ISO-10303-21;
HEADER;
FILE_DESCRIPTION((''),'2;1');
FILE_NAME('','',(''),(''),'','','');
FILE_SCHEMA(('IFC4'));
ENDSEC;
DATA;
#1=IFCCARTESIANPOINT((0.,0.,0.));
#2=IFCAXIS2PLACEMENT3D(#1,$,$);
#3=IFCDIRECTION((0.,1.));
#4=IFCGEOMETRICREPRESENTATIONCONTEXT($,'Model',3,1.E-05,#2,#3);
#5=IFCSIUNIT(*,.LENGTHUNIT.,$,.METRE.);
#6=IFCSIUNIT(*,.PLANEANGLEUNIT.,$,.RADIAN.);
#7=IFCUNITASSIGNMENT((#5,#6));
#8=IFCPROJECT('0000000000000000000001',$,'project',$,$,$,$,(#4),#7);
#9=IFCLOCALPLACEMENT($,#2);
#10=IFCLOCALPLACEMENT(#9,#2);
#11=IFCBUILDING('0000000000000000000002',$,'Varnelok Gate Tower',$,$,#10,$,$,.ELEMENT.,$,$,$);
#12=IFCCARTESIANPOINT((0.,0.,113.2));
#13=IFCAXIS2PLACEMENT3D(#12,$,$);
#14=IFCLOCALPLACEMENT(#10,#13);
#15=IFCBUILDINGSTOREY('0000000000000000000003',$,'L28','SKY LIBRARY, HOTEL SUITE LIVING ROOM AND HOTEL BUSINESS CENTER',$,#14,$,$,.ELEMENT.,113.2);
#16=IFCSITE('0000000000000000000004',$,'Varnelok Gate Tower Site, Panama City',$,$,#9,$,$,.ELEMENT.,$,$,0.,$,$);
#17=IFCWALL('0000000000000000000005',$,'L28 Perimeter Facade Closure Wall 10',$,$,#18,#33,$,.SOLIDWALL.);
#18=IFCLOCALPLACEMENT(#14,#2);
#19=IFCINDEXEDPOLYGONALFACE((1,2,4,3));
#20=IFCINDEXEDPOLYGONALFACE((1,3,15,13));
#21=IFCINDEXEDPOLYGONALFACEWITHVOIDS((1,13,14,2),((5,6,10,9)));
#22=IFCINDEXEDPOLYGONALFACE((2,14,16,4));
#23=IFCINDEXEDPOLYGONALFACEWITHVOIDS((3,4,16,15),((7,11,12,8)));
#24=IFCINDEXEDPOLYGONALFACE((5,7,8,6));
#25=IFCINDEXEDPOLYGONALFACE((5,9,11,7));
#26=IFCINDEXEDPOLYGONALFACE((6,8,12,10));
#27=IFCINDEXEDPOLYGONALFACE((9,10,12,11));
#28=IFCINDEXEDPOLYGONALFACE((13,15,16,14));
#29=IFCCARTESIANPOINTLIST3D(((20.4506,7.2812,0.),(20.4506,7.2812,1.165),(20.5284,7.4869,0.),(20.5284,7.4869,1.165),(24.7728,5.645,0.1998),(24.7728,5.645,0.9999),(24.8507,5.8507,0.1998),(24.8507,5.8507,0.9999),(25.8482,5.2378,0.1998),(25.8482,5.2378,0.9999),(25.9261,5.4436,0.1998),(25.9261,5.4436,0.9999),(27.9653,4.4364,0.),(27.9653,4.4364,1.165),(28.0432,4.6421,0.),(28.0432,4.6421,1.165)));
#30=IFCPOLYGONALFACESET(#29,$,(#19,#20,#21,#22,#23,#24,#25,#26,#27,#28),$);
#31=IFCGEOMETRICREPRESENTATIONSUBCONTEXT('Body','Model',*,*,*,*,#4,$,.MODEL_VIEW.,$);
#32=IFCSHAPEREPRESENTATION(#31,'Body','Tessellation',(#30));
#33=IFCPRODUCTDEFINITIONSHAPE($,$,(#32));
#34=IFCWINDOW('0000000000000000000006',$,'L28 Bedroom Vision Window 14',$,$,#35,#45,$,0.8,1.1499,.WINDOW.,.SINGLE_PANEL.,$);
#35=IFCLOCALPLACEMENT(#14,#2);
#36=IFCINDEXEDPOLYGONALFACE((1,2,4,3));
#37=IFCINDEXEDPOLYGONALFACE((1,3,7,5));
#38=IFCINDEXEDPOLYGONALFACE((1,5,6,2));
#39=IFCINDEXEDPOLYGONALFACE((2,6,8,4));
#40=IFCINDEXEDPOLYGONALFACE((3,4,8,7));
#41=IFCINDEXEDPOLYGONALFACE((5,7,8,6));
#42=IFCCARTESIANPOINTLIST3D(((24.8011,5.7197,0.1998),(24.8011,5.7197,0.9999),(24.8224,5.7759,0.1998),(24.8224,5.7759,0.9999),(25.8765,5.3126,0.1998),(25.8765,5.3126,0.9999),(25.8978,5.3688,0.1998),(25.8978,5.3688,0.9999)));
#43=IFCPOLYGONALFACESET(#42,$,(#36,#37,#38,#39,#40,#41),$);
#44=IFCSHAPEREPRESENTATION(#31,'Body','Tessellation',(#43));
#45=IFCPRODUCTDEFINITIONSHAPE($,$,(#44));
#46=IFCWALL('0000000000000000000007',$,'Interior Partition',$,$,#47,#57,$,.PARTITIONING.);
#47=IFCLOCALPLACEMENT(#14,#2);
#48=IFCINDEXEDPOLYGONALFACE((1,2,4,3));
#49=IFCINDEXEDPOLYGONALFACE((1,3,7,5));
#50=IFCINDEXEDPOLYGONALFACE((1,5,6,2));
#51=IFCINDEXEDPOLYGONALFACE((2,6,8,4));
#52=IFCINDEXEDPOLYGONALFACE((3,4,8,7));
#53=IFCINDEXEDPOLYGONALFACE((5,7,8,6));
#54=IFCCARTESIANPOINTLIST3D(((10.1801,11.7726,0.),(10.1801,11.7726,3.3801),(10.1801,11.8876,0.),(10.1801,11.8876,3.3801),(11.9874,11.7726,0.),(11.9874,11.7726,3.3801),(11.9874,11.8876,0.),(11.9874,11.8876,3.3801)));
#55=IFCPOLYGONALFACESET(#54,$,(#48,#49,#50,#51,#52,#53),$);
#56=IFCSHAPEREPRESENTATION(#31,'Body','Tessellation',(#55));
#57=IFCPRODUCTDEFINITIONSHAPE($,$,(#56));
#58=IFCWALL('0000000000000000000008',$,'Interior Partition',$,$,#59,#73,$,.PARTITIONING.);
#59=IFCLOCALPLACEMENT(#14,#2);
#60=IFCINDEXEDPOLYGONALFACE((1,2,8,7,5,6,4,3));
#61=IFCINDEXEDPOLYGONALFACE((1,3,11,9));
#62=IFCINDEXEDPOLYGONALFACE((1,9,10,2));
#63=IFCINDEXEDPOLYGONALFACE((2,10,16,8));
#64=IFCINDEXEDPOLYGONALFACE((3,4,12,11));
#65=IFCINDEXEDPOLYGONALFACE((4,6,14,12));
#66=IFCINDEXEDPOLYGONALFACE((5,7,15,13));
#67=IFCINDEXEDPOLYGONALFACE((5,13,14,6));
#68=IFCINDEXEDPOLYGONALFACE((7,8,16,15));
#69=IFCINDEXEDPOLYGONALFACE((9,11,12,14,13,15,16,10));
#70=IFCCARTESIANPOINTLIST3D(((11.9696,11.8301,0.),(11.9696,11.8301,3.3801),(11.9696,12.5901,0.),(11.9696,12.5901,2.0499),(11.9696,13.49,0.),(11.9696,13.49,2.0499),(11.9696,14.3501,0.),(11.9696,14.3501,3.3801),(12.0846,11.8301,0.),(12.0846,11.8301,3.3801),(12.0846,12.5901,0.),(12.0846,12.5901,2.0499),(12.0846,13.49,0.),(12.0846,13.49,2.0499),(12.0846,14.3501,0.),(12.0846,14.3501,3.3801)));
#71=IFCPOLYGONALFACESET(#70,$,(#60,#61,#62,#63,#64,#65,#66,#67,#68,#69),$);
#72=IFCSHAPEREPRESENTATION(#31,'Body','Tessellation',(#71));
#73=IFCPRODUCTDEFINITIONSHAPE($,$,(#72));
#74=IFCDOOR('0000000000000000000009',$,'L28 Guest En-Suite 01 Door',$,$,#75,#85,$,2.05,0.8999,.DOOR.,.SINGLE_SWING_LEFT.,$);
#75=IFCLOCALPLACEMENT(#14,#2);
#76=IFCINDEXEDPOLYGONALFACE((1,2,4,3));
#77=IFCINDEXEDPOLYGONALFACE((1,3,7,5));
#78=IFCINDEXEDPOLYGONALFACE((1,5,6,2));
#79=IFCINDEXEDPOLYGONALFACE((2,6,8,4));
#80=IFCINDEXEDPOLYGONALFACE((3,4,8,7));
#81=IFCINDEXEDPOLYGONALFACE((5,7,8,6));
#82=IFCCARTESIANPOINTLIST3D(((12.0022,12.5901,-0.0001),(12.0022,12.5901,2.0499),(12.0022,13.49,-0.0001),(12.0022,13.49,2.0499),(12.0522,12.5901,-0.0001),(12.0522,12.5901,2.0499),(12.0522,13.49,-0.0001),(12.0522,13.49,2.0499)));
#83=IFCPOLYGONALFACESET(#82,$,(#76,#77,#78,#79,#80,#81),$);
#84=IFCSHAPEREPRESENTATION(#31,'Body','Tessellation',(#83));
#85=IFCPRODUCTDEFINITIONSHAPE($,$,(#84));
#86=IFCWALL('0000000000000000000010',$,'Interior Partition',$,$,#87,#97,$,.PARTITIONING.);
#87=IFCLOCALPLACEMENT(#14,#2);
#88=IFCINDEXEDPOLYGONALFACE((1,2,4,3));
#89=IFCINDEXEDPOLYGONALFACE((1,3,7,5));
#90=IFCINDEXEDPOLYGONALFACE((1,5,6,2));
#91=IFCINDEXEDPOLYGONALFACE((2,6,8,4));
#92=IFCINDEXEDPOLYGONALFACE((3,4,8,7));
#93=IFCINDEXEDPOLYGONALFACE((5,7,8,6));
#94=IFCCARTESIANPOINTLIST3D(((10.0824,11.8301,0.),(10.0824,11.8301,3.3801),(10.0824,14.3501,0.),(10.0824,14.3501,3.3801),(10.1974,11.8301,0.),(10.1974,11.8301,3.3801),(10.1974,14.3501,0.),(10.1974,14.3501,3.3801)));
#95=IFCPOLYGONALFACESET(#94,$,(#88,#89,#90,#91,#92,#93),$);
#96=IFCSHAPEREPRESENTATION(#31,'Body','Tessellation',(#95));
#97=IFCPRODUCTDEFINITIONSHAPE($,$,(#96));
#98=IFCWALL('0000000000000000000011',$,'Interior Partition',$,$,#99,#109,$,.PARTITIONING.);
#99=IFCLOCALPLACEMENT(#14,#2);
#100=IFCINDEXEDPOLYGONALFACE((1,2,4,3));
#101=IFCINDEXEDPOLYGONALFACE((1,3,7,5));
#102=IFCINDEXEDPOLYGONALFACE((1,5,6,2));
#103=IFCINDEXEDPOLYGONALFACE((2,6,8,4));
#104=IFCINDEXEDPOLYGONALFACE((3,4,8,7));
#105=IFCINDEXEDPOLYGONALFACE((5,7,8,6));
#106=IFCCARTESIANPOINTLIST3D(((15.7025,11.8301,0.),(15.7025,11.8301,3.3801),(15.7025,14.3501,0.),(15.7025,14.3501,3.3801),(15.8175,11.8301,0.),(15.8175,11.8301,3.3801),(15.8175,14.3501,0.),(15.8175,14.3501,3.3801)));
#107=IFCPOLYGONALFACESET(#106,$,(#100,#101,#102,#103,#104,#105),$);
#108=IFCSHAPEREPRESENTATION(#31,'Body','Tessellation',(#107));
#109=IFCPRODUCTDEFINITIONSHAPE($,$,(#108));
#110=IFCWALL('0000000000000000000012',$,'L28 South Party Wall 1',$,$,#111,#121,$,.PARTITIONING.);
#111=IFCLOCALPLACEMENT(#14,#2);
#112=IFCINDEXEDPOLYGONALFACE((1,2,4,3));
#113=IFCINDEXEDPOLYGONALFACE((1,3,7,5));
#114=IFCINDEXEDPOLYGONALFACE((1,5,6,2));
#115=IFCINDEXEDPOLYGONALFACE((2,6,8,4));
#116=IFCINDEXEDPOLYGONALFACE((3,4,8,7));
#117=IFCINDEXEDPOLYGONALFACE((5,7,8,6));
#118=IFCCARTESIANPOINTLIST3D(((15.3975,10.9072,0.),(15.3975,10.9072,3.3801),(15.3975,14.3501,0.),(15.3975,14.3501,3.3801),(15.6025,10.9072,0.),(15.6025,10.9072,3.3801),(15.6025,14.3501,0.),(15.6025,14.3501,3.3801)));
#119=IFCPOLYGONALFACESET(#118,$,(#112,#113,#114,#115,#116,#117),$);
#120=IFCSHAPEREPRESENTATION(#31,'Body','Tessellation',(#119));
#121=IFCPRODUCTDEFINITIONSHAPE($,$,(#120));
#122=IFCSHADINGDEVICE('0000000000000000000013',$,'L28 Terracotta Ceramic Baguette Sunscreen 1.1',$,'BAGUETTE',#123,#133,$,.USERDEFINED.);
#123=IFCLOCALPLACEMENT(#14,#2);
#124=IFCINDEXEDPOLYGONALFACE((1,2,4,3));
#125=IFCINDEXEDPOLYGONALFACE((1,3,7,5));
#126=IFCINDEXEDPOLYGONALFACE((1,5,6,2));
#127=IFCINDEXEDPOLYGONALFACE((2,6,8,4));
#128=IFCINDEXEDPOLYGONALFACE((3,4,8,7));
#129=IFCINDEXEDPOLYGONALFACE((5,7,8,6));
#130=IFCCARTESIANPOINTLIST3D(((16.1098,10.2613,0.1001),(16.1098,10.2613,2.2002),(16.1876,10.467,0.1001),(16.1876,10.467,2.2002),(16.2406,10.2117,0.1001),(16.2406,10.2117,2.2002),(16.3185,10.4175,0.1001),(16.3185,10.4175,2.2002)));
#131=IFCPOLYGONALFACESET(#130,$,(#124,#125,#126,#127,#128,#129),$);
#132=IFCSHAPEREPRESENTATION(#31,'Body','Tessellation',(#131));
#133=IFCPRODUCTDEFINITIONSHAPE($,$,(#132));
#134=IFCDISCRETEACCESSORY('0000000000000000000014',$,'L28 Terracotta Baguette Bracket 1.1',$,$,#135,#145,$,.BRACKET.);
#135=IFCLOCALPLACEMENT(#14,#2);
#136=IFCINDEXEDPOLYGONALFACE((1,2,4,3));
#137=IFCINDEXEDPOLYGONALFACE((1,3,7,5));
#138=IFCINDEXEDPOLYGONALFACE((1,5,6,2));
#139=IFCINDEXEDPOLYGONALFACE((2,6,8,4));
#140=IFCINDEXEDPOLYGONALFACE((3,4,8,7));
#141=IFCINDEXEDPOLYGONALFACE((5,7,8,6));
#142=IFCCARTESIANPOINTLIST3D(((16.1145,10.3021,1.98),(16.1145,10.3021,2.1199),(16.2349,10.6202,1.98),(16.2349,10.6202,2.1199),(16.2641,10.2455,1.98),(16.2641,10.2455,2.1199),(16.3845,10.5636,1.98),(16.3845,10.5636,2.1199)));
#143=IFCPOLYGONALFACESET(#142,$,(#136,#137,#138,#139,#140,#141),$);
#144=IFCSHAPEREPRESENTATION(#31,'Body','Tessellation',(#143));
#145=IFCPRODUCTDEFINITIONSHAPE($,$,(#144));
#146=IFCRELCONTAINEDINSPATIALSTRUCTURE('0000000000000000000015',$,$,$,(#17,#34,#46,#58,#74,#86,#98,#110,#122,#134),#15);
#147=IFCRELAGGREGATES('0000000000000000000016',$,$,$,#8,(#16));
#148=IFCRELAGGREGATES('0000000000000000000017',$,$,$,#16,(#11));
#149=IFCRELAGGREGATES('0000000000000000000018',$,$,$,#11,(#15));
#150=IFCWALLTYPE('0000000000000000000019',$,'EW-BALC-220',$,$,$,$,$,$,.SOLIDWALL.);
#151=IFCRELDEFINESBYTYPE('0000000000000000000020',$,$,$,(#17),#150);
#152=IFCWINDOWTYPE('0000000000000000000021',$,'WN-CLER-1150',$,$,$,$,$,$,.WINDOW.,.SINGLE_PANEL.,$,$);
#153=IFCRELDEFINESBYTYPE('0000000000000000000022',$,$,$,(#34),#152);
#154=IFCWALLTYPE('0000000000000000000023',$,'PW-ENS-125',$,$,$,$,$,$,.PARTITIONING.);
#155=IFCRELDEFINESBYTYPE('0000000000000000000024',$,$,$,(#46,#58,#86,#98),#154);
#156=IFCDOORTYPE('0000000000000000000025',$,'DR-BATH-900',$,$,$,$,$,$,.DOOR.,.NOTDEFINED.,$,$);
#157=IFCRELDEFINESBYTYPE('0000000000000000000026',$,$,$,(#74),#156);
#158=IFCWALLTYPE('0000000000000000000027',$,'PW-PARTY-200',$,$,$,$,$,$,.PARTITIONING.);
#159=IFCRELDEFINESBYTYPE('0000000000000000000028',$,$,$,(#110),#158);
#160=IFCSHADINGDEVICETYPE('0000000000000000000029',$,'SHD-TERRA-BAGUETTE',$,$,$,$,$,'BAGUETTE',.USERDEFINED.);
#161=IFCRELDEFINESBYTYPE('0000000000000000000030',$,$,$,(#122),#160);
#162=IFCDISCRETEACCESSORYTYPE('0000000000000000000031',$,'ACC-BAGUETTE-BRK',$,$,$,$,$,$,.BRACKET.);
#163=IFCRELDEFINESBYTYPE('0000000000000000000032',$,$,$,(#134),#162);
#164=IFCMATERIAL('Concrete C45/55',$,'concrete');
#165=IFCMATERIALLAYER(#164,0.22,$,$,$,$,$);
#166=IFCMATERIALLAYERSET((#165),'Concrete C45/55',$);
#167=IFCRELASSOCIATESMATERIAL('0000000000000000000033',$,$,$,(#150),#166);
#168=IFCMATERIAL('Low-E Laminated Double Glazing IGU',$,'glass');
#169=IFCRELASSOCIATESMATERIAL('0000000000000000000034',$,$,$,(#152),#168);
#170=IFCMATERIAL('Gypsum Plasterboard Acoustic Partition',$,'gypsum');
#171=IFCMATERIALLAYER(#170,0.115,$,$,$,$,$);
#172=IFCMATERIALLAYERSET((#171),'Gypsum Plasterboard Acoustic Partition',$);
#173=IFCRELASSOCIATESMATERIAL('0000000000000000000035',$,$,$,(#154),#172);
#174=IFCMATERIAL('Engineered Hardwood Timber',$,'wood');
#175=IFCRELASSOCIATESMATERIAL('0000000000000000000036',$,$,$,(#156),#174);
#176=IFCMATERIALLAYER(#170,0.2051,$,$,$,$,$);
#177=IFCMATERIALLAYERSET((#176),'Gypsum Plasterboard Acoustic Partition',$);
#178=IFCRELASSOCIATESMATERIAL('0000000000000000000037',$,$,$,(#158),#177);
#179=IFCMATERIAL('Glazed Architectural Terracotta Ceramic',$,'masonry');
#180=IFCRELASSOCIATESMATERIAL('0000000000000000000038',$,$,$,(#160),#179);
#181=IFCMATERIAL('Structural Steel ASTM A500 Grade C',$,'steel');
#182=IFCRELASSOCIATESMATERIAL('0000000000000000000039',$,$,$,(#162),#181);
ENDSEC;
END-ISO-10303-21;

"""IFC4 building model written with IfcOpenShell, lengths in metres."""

from ifc_helpers import new_model, si_unit, direction, frame, frame_2d, origin, origin_2d, place, context, subcontext, project, spatial, rectangle, extrude, source, transform, mapped, material, layer, layer_set, type_object, element, fill, save


model = new_model("IFC4")

# Units and contexts
model_context = context("Model", 3, precision=1e-05, world=origin(), true_north=direction((0.0, 1.0)))
body_context = subcontext(model_context, "Body", "Model", "MODEL_VIEW")
ifc_project = project(units=[si_unit("LENGTHUNIT", "METRE"), si_unit("PLANEANGLEUNIT", "RADIAN")], contexts=[model_context])

# Site, building, storey
site_placement = place(None, origin())
site = spatial("IfcSite", under=ifc_project, at=site_placement, Name="Varnelok Gate Tower Site, Panama City", CompositionType="ELEMENT", RefElevation=0.0)
building_placement = place(site_placement, origin())
building = spatial("IfcBuilding", under=site, at=building_placement, Name="Varnelok Gate Tower", CompositionType="ELEMENT")
storey_placement = place(building_placement, frame((0.0, 0.0, 113.2)))
storey = spatial("IfcBuildingStorey", under=building, at=storey_placement, Name="L28", Description="SKY LIBRARY, HOTEL SUITE LIVING ROOM AND HOTEL BUSINESS CENTER", CompositionType="ELEMENT", Elevation=113.2)

# Shared definitions
ifc_material_1 = material(Name="Concrete C45/55", Category="concrete")

# Shared definitions
ifc_layer_1 = layer(ifc_material_1, 0.22)
ifc_layer_set_1 = layer_set([ifc_layer_1], Name="Concrete C45/55")
wall_type_1 = type_object("IfcWallType", Name="EW-BALC-220", PredefinedType="SOLIDWALL", material=ifc_layer_set_1)

# Wall, opening, window
wall_1_placement = place(storey_placement, frame((20.4895, 7.384, 0.0), z_axis=(0.0, 0.0, 1.0), x_axis=(0.935231, -0.354039, 0.0)))
wall_1 = element("IfcWall", 1, at=wall_1_placement, inside=storey, type_object=wall_type_1, Name="L28 Perimeter Facade Closure Wall 10", PredefinedType="SOLIDWALL", context=body_context, shape_type="SweptSolid", body=[
    extrude(rectangle(XDim=8.0352, YDim=0.22, at=frame_2d((4.0176, 0.0))), origin(), (0.0, 0.0, 1.0), 1.165),
])
opening_1_placement = place(wall_1_placement, frame((4.6216, 0.0, 0.2)))
opening_1 = element("IfcOpeningElement", 2, at=opening_1_placement, cuts=wall_1, PredefinedType="OPENING", context=body_context, shape_type="SweptSolid", body=[
    extrude(rectangle(XDim=1.1499, YDim=0.8, at=frame_2d((0.575, 0.3999))), frame((0.0, 0.1199, 0.0), z_axis=(0.0, -1.0, 0.0), x_axis=(1.0, 0.0, 0.0)), (0.0, 0.0, 1.0), 0.24),
])
ifc_material_2 = material(Name="Low-E Laminated Double Glazing IGU", Category="glass")
window_type = type_object("IfcWindowType", Name="WN-CLER-1150", PartitioningType="SINGLE_PANEL", PredefinedType="WINDOW", material=ifc_material_2)
window_placement = place(opening_1_placement, origin())
window = element("IfcWindow", 3, at=window_placement, inside=storey, type_object=window_type, Name="L28 Bedroom Vision Window 14", OverallHeight=0.8, OverallWidth=1.1499, PartitioningType="SINGLE_PANEL", PredefinedType="WINDOW", context=body_context, shape_type="SweptSolid", body=[
    extrude(rectangle(XDim=1.1499, YDim=0.8, at=frame_2d((0.575, 0.3999))), frame((0.0, 0.03, 0.0), z_axis=(0.0, -1.0, 0.0), x_axis=(1.0, 0.0, 0.0)), (0.0, 0.0, 1.0), 0.0601),
])
fill(opening_1, window)

# Wall
ifc_material_3 = material(Name="Gypsum Plasterboard Acoustic Partition", Category="gypsum")
ifc_layer_2 = layer(ifc_material_3, 0.115)
ifc_layer_set_2 = layer_set([ifc_layer_2], Name="Gypsum Plasterboard Acoustic Partition")
wall_type_2 = type_object("IfcWallType", Name="PW-ENS-125", PredefinedType="PARTITIONING", material=ifc_layer_set_2)
wall_2_placement = place(storey_placement, frame((10.1799, 11.8301, 0.0), z_axis=(0.0, 0.0, 1.0), x_axis=(1.0, 0.0, 0.0)))
element("IfcWall", 4, at=wall_2_placement, inside=storey, type_object=wall_type_2, Name="Interior Partition", PredefinedType="PARTITIONING", context=body_context, shape_type="SweptSolid", body=[
    extrude(rectangle(XDim=1.8074, YDim=0.115, at=frame_2d((0.9038, 0.0))), origin(), (0.0, 0.0, 1.0), 3.3801),
])

# Wall, opening, door
wall_3_placement = place(storey_placement, frame((12.0271, 11.8301, 0.0), z_axis=(0.0, 0.0, 1.0), x_axis=(0.0, 1.0, 0.0)))
wall_3 = element("IfcWall", 5, at=wall_3_placement, inside=storey, type_object=wall_type_2, Name="Interior Partition", PredefinedType="PARTITIONING", context=body_context, shape_type="SweptSolid", body=[
    extrude(rectangle(XDim=2.52, YDim=0.115, at=frame_2d((1.26, 0.0))), origin(), (0.0, 0.0, 1.0), 3.3801),
])
opening_2_placement = place(wall_3_placement, frame((0.76, 0.0, 0.0)))
opening_2 = element("IfcOpeningElement", 6, at=opening_2_placement, cuts=wall_3, PredefinedType="OPENING", context=body_context, shape_type="SweptSolid", body=[
    extrude(rectangle(XDim=0.8999, YDim=2.05, at=frame_2d((0.45, 1.0249))), frame((0.0, 0.0674, 0.0), z_axis=(0.0, -1.0, 0.0), x_axis=(1.0, 0.0, 0.0)), (0.0, 0.0, 1.0), 0.135),
])
ifc_material_4 = material(Name="Engineered Hardwood Timber", Category="wood")
door_type_1 = type_object("IfcDoorType", Name="DR-BATH-900", OperationType="NOTDEFINED", PredefinedType="DOOR", material=ifc_material_4)
door_1_placement = place(opening_2_placement, origin())
door_1 = element("IfcDoor", 7, at=door_1_placement, inside=storey, type_object=door_type_1, Name="L28 Guest En-Suite 01 Door", OperationType="SINGLE_SWING_LEFT", OverallHeight=2.05, OverallWidth=0.8999, PredefinedType="DOOR", context=body_context, shape_type="SweptSolid", body=[
    extrude(rectangle(XDim=0.8999, YDim=2.05, at=frame_2d((0.45, 1.0249))), frame((0.0, 0.0249, 0.0), z_axis=(0.0, -1.0, 0.0), x_axis=(1.0, 0.0, 0.0)), (0.0, 0.0, 1.0), 0.05),
])
fill(opening_2, door_1)

# Walls
for number, where, z_axis, x_axis, name in (
    (8, (10.1399, 11.8301, 0.0), (0.0, 0.0, 1.0), (0.0, 1.0, 0.0), "Interior Partition"),
    (9, (15.76, 11.8301, 0.0), (0.0, 0.0, 1.0), (0.0, 1.0, 0.0), "Interior Partition"),
):
    element("IfcWall", number, at=place(storey_placement, frame(where, z_axis=z_axis, x_axis=x_axis)), inside=storey, type_object=wall_type_2, Name=name, PredefinedType="PARTITIONING", context=body_context, shape_type="SweptSolid", body=[
        extrude(rectangle(XDim=2.52, YDim=0.115, at=frame_2d((1.26, 0.0))), origin(), (0.0, 0.0, 1.0), 3.3801),
    ])
ifc_layer_3 = layer(ifc_material_3, 0.2051)
ifc_layer_set_3 = layer_set([ifc_layer_3], Name="Gypsum Plasterboard Acoustic Partition")
wall_type_3 = type_object("IfcWallType", Name="PW-PARTY-200", PredefinedType="PARTITIONING", material=ifc_layer_set_3)
wall_4_placement = place(storey_placement, frame((15.5, 10.9072, 0.0), z_axis=(0.0, 0.0, 1.0), x_axis=(0.0, 1.0, 0.0)))
element("IfcWall", 10, at=wall_4_placement, inside=storey, type_object=wall_type_3, Name="L28 South Party Wall 1", PredefinedType="PARTITIONING", context=body_context, shape_type="SweptSolid", body=[
    extrude(rectangle(XDim=3.4429, YDim=0.2051, at=frame_2d((1.7214, 0.0))), origin(), (0.0, 0.0, 1.0), 3.3801),
])

# Shading device
ifc_material_5 = material(Name="Glazed Architectural Terracotta Ceramic", Category="masonry")
shading_device_type = type_object("IfcShadingDeviceType", Name="SHD-TERRA-BAGUETTE", ElementType="BAGUETTE", PredefinedType="USERDEFINED", material=ifc_material_5)
shared_shape_1 = source(origin(), body_context, "Body", "SweptSolid", [
    extrude(rectangle(XDim=0.1399, YDim=0.22, at=origin_2d()), origin(), (0.0, 0.0, 1.0), 2.1001),
])
shading_device_placement = place(storey_placement, frame((16.2141, 10.3394, 0.1001), z_axis=(0.0, 0.0, 1.0), x_axis=(0.935222, -0.354063, 0.0)))
element("IfcShadingDevice", 11, at=shading_device_placement, inside=storey, type_object=shading_device_type, Name="L28 Terracotta Ceramic Baguette Sunscreen 1.1", ObjectType="BAGUETTE", PredefinedType="USERDEFINED", context=body_context, shape_type="MappedRepresentation", body=[
    mapped(shared_shape_1, transform((0.0, 0.0, 0.0), scale=1.0)),
])

# Discrete accessory
ifc_material_6 = material(Name="Structural Steel ASTM A500 Grade C", Category="steel")
discrete_accessory_type = type_object("IfcDiscreteAccessoryType", Name="ACC-BAGUETTE-BRK", PredefinedType="BRACKET", material=ifc_material_6)
shared_shape_2 = source(origin(), body_context, "Body", "SweptSolid", [
    extrude(rectangle(XDim=0.1599, YDim=0.3401, at=origin_2d()), origin(), (0.0, 0.0, 1.0), 0.1399),
])
discrete_accessory_placement = place(storey_placement, frame((16.2495, 10.4329, 1.98), z_axis=(0.0, 0.0, 1.0), x_axis=(0.935222, -0.354063, 0.0)))
element("IfcDiscreteAccessory", 12, at=discrete_accessory_placement, inside=storey, type_object=discrete_accessory_type, Name="L28 Terracotta Baguette Bracket 1.1", PredefinedType="BRACKET", context=body_context, shape_type="MappedRepresentation", body=[
    mapped(shared_shape_2, transform((0.0, 0.0, 0.0), scale=1.0)),
])

save(model, "model.ifc")
